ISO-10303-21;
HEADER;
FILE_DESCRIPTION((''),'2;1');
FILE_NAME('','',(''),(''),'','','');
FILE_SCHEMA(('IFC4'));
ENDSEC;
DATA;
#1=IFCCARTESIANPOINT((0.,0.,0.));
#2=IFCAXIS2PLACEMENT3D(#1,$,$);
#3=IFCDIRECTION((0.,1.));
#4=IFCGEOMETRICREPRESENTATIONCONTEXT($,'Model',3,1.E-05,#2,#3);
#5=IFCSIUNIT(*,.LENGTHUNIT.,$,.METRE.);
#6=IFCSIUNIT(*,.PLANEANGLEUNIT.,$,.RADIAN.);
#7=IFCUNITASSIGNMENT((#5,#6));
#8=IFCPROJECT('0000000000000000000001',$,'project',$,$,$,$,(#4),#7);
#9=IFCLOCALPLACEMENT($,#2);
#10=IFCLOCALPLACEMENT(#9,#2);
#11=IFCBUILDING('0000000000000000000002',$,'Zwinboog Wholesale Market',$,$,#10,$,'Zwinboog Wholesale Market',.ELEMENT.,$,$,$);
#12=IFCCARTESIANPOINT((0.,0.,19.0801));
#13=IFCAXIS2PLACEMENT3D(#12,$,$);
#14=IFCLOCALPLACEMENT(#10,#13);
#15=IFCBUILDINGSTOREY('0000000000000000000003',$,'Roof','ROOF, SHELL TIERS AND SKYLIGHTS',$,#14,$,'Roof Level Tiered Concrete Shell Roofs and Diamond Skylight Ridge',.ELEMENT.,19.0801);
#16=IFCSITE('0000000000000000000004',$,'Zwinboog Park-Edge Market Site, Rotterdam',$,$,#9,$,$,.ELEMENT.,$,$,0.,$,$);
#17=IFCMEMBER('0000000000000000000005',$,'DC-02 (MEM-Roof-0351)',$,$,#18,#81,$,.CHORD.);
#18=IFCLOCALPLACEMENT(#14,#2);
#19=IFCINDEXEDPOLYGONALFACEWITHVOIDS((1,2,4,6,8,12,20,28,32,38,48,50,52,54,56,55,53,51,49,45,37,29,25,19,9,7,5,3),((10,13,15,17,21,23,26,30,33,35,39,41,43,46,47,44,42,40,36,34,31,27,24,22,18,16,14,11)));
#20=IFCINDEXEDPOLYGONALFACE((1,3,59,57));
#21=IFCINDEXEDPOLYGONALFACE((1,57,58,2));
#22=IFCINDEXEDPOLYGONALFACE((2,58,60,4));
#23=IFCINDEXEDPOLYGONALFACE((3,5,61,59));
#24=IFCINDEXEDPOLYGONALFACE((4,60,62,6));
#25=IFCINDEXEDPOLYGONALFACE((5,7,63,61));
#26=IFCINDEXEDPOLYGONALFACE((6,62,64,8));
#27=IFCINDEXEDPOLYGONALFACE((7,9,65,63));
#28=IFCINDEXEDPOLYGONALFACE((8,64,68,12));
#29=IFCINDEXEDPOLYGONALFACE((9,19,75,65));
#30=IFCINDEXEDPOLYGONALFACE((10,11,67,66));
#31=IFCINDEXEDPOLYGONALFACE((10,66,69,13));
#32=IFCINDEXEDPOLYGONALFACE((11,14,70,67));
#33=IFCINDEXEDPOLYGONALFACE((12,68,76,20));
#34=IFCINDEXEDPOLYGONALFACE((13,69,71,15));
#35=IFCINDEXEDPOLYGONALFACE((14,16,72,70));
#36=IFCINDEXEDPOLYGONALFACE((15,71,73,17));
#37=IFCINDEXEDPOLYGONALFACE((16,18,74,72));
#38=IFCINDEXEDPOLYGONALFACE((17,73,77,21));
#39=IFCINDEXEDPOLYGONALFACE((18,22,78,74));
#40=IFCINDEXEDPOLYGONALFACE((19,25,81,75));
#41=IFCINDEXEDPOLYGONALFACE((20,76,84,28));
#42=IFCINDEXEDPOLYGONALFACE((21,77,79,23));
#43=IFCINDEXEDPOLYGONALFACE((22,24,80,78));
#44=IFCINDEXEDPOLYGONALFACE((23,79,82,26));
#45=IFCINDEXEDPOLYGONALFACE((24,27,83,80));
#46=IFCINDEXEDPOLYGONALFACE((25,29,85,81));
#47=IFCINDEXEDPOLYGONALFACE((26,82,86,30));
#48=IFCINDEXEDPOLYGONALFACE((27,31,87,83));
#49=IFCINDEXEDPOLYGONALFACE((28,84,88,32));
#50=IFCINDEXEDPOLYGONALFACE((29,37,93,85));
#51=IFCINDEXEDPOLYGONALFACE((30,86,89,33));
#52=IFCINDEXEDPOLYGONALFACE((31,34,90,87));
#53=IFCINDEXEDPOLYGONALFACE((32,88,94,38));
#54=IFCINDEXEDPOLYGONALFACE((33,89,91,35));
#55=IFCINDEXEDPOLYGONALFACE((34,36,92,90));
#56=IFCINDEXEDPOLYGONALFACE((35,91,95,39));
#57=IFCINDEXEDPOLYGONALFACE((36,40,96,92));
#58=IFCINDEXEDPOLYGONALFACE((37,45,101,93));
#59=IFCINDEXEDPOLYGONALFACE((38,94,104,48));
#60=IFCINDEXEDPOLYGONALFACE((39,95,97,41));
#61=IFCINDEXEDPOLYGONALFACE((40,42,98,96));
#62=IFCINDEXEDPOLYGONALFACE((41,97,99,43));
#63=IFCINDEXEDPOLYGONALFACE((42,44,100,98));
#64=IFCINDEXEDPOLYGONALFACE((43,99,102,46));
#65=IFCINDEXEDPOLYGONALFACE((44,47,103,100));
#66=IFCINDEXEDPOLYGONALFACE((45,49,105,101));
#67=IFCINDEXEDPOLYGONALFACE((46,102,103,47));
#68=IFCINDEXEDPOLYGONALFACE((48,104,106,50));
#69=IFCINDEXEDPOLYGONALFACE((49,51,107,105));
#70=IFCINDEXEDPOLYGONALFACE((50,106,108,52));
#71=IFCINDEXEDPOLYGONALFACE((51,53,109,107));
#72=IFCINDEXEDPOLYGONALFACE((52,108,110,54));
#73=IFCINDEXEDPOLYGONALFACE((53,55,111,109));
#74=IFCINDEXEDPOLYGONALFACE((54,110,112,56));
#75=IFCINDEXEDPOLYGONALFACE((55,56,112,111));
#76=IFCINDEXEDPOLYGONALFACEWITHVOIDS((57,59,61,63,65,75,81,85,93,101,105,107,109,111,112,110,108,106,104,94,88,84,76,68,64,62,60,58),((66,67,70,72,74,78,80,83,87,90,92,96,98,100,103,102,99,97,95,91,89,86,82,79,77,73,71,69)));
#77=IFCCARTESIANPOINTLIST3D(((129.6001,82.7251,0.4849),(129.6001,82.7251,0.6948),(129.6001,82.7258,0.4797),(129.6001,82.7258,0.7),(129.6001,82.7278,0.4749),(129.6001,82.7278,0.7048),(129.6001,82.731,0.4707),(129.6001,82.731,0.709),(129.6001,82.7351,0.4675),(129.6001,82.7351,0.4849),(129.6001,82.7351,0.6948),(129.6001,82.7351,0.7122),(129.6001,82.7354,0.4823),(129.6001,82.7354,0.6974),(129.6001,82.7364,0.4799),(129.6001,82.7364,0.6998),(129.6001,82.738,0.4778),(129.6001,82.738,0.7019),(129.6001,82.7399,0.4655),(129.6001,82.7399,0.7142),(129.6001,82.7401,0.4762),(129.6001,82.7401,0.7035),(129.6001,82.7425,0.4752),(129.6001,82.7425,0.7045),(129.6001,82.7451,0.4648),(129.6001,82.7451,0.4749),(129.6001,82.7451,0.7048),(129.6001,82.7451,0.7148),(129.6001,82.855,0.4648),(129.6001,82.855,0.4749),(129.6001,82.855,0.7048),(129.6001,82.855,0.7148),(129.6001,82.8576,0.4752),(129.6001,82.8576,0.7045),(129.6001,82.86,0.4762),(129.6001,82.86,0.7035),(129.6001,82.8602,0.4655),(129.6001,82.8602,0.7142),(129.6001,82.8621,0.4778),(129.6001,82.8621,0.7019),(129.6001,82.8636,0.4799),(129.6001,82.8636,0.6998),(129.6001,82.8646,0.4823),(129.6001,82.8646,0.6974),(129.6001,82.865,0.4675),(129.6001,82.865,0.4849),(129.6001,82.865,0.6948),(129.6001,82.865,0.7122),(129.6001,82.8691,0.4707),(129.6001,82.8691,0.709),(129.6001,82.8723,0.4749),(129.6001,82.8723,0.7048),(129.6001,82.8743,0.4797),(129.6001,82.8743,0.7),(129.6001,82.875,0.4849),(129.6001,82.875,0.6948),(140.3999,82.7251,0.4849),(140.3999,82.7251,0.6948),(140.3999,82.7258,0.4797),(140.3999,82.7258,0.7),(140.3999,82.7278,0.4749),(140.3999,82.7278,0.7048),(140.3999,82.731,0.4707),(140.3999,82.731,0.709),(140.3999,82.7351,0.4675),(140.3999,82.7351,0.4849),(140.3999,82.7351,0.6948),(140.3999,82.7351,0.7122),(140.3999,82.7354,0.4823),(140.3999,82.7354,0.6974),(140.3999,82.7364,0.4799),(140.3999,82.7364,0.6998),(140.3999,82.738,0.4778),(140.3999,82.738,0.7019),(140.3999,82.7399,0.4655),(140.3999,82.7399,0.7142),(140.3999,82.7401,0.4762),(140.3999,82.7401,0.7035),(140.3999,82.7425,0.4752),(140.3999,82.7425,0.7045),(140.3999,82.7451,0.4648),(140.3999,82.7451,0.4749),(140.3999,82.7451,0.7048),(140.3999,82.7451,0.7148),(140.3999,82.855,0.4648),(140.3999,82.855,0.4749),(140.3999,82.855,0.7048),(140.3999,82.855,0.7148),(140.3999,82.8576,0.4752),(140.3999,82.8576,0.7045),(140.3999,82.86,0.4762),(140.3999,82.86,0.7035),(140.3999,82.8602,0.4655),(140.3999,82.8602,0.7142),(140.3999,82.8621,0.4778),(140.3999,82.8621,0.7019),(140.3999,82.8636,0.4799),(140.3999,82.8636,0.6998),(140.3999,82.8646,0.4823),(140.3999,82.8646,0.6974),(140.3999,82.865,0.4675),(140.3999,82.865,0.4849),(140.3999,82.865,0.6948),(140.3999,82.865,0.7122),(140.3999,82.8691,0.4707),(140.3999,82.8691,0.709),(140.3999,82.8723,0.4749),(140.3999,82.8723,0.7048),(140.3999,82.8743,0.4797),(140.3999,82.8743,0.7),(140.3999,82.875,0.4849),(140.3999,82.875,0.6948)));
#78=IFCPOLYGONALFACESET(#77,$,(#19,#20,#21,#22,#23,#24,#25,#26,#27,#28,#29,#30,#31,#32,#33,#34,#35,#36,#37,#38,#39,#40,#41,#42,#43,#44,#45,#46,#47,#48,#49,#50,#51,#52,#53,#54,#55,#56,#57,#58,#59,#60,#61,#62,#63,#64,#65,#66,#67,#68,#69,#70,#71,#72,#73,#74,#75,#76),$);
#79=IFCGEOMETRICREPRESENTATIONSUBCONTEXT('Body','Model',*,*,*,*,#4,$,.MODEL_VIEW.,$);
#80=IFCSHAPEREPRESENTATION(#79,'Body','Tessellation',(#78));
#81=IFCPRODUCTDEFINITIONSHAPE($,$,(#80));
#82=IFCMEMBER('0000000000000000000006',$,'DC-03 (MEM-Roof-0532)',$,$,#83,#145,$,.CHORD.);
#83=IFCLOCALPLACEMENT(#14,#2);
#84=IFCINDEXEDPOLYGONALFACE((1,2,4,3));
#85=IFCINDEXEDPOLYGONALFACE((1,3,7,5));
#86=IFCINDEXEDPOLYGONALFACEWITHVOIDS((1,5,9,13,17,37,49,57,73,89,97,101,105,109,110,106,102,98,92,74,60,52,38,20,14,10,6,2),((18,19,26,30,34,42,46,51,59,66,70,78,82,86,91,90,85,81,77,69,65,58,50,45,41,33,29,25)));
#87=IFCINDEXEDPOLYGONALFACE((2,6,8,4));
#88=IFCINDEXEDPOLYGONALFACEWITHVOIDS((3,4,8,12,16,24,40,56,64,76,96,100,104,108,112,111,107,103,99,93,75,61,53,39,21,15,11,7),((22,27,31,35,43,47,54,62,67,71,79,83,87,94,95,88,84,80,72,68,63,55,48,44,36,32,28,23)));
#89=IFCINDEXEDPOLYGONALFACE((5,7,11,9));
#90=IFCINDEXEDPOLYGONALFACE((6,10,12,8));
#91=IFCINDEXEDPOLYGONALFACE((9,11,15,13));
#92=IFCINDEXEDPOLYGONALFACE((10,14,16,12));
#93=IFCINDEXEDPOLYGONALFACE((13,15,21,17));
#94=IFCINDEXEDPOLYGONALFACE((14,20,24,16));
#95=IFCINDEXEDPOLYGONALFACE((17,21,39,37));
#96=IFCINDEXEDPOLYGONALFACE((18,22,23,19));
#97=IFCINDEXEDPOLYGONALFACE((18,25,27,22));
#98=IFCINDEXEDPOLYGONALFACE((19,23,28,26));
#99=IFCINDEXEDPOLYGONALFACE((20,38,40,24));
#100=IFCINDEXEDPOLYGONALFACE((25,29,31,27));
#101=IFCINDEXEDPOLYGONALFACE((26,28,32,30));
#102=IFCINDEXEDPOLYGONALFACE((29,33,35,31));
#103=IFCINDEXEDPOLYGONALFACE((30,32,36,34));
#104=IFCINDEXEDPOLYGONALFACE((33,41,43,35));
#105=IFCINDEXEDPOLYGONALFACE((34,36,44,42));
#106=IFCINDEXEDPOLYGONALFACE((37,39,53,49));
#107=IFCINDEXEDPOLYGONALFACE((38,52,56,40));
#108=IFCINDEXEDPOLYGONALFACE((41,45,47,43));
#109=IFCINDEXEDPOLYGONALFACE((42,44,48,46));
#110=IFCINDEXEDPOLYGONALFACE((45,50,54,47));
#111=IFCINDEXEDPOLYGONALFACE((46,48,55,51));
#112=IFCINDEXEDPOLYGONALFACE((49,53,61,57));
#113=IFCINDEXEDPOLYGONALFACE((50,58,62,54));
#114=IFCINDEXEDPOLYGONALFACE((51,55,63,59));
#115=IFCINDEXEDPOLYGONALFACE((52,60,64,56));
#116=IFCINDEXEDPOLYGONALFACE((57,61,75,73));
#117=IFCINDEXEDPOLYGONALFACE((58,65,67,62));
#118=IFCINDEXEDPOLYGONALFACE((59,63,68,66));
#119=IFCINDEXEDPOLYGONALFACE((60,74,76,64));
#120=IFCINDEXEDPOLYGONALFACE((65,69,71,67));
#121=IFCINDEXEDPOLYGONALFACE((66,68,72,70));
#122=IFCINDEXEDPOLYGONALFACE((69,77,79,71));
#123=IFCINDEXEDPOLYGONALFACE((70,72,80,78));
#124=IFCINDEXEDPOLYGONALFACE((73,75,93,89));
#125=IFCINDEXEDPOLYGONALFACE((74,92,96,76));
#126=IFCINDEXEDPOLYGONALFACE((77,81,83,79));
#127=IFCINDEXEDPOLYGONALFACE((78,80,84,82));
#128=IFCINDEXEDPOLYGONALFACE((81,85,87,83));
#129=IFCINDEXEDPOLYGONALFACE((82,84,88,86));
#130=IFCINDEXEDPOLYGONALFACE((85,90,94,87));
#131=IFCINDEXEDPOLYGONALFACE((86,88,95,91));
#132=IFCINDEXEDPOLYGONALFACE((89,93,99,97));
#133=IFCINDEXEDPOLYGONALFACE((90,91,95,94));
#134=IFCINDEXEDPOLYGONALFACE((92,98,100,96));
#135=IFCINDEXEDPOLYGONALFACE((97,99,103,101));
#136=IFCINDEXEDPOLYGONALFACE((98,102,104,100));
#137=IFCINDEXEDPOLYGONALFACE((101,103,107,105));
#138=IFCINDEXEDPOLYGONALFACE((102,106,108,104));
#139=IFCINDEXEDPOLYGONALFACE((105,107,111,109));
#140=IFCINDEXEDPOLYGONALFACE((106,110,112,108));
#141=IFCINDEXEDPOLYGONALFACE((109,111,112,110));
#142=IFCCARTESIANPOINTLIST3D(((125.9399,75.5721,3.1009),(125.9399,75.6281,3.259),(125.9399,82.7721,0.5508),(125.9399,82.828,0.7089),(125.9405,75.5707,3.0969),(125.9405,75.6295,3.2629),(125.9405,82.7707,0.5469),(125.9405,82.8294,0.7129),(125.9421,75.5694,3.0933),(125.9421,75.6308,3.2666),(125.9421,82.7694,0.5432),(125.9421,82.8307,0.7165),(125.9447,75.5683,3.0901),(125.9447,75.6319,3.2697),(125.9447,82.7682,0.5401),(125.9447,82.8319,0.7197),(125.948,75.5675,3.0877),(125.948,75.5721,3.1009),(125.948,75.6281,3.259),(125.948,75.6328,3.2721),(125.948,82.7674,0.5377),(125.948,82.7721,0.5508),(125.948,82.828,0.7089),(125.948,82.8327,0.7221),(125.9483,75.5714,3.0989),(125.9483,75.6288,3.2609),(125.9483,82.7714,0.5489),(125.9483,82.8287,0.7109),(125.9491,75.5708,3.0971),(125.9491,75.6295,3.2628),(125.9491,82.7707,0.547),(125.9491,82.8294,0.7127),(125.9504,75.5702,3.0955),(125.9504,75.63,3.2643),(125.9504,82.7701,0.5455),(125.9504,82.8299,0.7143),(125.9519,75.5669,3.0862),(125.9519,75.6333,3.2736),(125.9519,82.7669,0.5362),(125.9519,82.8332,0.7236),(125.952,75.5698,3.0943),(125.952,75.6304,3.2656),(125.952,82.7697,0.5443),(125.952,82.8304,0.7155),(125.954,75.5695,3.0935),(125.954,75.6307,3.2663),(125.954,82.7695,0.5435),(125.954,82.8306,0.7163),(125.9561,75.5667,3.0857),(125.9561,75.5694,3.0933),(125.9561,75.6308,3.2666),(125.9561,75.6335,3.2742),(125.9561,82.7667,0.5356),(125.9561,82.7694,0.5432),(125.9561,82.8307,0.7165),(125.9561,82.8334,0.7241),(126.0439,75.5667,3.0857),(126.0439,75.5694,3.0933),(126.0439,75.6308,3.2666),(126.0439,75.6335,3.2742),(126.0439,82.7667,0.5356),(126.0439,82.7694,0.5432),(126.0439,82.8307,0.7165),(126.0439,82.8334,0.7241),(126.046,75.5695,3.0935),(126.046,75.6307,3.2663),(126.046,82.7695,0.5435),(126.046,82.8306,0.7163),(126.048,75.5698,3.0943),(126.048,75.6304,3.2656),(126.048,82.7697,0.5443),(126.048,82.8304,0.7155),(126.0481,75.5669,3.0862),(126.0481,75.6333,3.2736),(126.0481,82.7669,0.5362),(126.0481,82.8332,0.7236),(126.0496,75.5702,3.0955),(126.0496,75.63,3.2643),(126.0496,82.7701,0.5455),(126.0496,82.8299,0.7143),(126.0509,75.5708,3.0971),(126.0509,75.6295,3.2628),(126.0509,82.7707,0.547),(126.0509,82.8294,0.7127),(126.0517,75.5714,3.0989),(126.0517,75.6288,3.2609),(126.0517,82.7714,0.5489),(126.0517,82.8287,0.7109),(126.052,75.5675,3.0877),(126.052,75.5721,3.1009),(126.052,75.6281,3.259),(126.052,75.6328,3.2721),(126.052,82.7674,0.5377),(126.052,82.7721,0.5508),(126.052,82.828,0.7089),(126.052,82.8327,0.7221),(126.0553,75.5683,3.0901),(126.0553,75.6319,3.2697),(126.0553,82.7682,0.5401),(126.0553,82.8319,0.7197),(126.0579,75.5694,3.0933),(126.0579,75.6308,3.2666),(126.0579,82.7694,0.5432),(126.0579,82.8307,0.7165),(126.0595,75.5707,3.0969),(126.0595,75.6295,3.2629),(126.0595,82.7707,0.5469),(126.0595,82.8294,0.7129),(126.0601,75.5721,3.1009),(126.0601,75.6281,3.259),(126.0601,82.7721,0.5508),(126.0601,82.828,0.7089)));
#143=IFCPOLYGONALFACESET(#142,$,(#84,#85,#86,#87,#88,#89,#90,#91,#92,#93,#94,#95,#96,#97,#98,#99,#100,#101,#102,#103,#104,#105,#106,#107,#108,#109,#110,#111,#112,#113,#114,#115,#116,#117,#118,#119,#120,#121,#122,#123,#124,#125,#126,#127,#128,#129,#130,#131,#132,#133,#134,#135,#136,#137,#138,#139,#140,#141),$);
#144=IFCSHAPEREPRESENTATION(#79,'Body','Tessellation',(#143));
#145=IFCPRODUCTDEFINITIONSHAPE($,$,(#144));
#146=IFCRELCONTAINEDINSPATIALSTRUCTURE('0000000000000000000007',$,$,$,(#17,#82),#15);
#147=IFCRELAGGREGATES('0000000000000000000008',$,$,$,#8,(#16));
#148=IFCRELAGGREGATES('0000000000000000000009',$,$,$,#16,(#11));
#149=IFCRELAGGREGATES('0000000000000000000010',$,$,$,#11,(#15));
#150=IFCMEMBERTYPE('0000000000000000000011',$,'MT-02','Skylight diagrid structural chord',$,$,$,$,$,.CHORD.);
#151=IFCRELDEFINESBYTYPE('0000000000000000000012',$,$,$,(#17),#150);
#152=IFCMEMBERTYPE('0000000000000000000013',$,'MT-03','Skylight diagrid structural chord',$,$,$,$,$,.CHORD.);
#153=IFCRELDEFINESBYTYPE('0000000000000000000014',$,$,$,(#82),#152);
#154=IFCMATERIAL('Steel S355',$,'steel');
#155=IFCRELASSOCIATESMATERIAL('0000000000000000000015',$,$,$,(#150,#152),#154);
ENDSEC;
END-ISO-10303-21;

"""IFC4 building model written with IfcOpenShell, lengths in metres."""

from ifc_helpers import new_model, si_unit, direction, frame, origin, origin_2d, place, context, subcontext, project, spatial, hollow_rectangle, extrude, material, material_profile, profile_set, type_object, element, save


model = new_model("IFC4")

# Units and contexts
model_context = context("Model", 3, precision=1e-05, world=origin(), true_north=direction((0.0, 1.0)))
body_context = subcontext(model_context, "Body", "Model", "MODEL_VIEW")
ifc_project = project(units=[si_unit("LENGTHUNIT", "METRE"), si_unit("PLANEANGLEUNIT", "RADIAN")], contexts=[model_context])

# Site, building, storey
site_placement = place(None, origin())
site = spatial("IfcSite", under=ifc_project, at=site_placement, Name="Zwinboog Park-Edge Market Site, Rotterdam", CompositionType="ELEMENT", RefElevation=0.0)
building_placement = place(site_placement, origin())
building = spatial("IfcBuilding", under=site, at=building_placement, Name="Zwinboog Wholesale Market", LongName="Zwinboog Wholesale Market", CompositionType="ELEMENT")
storey_placement = place(building_placement, frame((0.0, 0.0, 19.0801)))
storey = spatial("IfcBuildingStorey", under=building, at=storey_placement, Name="Roof", Description="ROOF, SHELL TIERS AND SKYLIGHTS", LongName="Roof Level Tiered Concrete Shell Roofs and Diamond Skylight Ridge", CompositionType="ELEMENT", Elevation=19.0801)

# Members
ifc_material_1 = material(Name="Steel S355", Category="steel")
ifc_material_profile_1 = material_profile(ifc_material_1, hollow_rectangle(XDim=0.1499, YDim=0.25, WallThickness=0.01, InnerFilletRadius=0.01, OuterFilletRadius=0.02, at=origin_2d()), Name="RHS 250x150x10")
ifc_profile_set_1 = profile_set([ifc_material_profile_1], Name="Steel S355")
member_type_1 = type_object("IfcMemberType", Name="MT-02", Description="Skylight diagrid structural chord", PredefinedType="CHORD", material=ifc_profile_set_1)
member_1_placement = place(storey_placement, frame((129.6001, 82.8, 0.5898), z_axis=(1.0, 0.0, 0.0), x_axis=(0.0, 1.0, 0.0)))
element("IfcMember", 1, at=member_1_placement, inside=storey, type_object=member_type_1, Name="DC-02 (MEM-Roof-0351)", PredefinedType="CHORD", context=body_context, shape_type="SweptSolid", body=[
    extrude(hollow_rectangle(XDim=0.1499, YDim=0.25, WallThickness=0.01, InnerFilletRadius=0.01, OuterFilletRadius=0.02, at=origin_2d()), origin(), (0.0, 0.0, 1.0), 10.7998),
])
ifc_material_profile_2 = material_profile(ifc_material_1, hollow_rectangle(XDim=0.1201, YDim=0.2, WallThickness=0.0081, InnerFilletRadius=0.0081, OuterFilletRadius=0.0161, at=origin_2d()), Name="RHS 200x120x8")
ifc_profile_set_2 = profile_set([ifc_material_profile_2], Name="Steel S355")
member_type_2 = type_object("IfcMemberType", Name="MT-03", Description="Skylight diagrid structural chord", PredefinedType="CHORD", material=ifc_profile_set_2)
for number, where, z_axis, x_axis, name in (
    (2, (126.0, 82.8, 0.6299), (0.0, -0.942625, 0.333855), (1.0, 0.0, 0.0), "DC-03 (MEM-Roof-0532)"),
):
    element("IfcMember", number, at=place(storey_placement, frame(where, z_axis=z_axis, x_axis=x_axis)), inside=storey, type_object=member_type_2, Name=name, PredefinedType="CHORD", context=body_context, shape_type="SweptSolid", body=[
        extrude(hollow_rectangle(XDim=0.1201, YDim=0.2, WallThickness=0.0081, InnerFilletRadius=0.0081, OuterFilletRadius=0.0161, at=origin_2d()), origin(), (0.0, 0.0, 1.0), 7.6382),
    ])

save(model, "model.ifc")
